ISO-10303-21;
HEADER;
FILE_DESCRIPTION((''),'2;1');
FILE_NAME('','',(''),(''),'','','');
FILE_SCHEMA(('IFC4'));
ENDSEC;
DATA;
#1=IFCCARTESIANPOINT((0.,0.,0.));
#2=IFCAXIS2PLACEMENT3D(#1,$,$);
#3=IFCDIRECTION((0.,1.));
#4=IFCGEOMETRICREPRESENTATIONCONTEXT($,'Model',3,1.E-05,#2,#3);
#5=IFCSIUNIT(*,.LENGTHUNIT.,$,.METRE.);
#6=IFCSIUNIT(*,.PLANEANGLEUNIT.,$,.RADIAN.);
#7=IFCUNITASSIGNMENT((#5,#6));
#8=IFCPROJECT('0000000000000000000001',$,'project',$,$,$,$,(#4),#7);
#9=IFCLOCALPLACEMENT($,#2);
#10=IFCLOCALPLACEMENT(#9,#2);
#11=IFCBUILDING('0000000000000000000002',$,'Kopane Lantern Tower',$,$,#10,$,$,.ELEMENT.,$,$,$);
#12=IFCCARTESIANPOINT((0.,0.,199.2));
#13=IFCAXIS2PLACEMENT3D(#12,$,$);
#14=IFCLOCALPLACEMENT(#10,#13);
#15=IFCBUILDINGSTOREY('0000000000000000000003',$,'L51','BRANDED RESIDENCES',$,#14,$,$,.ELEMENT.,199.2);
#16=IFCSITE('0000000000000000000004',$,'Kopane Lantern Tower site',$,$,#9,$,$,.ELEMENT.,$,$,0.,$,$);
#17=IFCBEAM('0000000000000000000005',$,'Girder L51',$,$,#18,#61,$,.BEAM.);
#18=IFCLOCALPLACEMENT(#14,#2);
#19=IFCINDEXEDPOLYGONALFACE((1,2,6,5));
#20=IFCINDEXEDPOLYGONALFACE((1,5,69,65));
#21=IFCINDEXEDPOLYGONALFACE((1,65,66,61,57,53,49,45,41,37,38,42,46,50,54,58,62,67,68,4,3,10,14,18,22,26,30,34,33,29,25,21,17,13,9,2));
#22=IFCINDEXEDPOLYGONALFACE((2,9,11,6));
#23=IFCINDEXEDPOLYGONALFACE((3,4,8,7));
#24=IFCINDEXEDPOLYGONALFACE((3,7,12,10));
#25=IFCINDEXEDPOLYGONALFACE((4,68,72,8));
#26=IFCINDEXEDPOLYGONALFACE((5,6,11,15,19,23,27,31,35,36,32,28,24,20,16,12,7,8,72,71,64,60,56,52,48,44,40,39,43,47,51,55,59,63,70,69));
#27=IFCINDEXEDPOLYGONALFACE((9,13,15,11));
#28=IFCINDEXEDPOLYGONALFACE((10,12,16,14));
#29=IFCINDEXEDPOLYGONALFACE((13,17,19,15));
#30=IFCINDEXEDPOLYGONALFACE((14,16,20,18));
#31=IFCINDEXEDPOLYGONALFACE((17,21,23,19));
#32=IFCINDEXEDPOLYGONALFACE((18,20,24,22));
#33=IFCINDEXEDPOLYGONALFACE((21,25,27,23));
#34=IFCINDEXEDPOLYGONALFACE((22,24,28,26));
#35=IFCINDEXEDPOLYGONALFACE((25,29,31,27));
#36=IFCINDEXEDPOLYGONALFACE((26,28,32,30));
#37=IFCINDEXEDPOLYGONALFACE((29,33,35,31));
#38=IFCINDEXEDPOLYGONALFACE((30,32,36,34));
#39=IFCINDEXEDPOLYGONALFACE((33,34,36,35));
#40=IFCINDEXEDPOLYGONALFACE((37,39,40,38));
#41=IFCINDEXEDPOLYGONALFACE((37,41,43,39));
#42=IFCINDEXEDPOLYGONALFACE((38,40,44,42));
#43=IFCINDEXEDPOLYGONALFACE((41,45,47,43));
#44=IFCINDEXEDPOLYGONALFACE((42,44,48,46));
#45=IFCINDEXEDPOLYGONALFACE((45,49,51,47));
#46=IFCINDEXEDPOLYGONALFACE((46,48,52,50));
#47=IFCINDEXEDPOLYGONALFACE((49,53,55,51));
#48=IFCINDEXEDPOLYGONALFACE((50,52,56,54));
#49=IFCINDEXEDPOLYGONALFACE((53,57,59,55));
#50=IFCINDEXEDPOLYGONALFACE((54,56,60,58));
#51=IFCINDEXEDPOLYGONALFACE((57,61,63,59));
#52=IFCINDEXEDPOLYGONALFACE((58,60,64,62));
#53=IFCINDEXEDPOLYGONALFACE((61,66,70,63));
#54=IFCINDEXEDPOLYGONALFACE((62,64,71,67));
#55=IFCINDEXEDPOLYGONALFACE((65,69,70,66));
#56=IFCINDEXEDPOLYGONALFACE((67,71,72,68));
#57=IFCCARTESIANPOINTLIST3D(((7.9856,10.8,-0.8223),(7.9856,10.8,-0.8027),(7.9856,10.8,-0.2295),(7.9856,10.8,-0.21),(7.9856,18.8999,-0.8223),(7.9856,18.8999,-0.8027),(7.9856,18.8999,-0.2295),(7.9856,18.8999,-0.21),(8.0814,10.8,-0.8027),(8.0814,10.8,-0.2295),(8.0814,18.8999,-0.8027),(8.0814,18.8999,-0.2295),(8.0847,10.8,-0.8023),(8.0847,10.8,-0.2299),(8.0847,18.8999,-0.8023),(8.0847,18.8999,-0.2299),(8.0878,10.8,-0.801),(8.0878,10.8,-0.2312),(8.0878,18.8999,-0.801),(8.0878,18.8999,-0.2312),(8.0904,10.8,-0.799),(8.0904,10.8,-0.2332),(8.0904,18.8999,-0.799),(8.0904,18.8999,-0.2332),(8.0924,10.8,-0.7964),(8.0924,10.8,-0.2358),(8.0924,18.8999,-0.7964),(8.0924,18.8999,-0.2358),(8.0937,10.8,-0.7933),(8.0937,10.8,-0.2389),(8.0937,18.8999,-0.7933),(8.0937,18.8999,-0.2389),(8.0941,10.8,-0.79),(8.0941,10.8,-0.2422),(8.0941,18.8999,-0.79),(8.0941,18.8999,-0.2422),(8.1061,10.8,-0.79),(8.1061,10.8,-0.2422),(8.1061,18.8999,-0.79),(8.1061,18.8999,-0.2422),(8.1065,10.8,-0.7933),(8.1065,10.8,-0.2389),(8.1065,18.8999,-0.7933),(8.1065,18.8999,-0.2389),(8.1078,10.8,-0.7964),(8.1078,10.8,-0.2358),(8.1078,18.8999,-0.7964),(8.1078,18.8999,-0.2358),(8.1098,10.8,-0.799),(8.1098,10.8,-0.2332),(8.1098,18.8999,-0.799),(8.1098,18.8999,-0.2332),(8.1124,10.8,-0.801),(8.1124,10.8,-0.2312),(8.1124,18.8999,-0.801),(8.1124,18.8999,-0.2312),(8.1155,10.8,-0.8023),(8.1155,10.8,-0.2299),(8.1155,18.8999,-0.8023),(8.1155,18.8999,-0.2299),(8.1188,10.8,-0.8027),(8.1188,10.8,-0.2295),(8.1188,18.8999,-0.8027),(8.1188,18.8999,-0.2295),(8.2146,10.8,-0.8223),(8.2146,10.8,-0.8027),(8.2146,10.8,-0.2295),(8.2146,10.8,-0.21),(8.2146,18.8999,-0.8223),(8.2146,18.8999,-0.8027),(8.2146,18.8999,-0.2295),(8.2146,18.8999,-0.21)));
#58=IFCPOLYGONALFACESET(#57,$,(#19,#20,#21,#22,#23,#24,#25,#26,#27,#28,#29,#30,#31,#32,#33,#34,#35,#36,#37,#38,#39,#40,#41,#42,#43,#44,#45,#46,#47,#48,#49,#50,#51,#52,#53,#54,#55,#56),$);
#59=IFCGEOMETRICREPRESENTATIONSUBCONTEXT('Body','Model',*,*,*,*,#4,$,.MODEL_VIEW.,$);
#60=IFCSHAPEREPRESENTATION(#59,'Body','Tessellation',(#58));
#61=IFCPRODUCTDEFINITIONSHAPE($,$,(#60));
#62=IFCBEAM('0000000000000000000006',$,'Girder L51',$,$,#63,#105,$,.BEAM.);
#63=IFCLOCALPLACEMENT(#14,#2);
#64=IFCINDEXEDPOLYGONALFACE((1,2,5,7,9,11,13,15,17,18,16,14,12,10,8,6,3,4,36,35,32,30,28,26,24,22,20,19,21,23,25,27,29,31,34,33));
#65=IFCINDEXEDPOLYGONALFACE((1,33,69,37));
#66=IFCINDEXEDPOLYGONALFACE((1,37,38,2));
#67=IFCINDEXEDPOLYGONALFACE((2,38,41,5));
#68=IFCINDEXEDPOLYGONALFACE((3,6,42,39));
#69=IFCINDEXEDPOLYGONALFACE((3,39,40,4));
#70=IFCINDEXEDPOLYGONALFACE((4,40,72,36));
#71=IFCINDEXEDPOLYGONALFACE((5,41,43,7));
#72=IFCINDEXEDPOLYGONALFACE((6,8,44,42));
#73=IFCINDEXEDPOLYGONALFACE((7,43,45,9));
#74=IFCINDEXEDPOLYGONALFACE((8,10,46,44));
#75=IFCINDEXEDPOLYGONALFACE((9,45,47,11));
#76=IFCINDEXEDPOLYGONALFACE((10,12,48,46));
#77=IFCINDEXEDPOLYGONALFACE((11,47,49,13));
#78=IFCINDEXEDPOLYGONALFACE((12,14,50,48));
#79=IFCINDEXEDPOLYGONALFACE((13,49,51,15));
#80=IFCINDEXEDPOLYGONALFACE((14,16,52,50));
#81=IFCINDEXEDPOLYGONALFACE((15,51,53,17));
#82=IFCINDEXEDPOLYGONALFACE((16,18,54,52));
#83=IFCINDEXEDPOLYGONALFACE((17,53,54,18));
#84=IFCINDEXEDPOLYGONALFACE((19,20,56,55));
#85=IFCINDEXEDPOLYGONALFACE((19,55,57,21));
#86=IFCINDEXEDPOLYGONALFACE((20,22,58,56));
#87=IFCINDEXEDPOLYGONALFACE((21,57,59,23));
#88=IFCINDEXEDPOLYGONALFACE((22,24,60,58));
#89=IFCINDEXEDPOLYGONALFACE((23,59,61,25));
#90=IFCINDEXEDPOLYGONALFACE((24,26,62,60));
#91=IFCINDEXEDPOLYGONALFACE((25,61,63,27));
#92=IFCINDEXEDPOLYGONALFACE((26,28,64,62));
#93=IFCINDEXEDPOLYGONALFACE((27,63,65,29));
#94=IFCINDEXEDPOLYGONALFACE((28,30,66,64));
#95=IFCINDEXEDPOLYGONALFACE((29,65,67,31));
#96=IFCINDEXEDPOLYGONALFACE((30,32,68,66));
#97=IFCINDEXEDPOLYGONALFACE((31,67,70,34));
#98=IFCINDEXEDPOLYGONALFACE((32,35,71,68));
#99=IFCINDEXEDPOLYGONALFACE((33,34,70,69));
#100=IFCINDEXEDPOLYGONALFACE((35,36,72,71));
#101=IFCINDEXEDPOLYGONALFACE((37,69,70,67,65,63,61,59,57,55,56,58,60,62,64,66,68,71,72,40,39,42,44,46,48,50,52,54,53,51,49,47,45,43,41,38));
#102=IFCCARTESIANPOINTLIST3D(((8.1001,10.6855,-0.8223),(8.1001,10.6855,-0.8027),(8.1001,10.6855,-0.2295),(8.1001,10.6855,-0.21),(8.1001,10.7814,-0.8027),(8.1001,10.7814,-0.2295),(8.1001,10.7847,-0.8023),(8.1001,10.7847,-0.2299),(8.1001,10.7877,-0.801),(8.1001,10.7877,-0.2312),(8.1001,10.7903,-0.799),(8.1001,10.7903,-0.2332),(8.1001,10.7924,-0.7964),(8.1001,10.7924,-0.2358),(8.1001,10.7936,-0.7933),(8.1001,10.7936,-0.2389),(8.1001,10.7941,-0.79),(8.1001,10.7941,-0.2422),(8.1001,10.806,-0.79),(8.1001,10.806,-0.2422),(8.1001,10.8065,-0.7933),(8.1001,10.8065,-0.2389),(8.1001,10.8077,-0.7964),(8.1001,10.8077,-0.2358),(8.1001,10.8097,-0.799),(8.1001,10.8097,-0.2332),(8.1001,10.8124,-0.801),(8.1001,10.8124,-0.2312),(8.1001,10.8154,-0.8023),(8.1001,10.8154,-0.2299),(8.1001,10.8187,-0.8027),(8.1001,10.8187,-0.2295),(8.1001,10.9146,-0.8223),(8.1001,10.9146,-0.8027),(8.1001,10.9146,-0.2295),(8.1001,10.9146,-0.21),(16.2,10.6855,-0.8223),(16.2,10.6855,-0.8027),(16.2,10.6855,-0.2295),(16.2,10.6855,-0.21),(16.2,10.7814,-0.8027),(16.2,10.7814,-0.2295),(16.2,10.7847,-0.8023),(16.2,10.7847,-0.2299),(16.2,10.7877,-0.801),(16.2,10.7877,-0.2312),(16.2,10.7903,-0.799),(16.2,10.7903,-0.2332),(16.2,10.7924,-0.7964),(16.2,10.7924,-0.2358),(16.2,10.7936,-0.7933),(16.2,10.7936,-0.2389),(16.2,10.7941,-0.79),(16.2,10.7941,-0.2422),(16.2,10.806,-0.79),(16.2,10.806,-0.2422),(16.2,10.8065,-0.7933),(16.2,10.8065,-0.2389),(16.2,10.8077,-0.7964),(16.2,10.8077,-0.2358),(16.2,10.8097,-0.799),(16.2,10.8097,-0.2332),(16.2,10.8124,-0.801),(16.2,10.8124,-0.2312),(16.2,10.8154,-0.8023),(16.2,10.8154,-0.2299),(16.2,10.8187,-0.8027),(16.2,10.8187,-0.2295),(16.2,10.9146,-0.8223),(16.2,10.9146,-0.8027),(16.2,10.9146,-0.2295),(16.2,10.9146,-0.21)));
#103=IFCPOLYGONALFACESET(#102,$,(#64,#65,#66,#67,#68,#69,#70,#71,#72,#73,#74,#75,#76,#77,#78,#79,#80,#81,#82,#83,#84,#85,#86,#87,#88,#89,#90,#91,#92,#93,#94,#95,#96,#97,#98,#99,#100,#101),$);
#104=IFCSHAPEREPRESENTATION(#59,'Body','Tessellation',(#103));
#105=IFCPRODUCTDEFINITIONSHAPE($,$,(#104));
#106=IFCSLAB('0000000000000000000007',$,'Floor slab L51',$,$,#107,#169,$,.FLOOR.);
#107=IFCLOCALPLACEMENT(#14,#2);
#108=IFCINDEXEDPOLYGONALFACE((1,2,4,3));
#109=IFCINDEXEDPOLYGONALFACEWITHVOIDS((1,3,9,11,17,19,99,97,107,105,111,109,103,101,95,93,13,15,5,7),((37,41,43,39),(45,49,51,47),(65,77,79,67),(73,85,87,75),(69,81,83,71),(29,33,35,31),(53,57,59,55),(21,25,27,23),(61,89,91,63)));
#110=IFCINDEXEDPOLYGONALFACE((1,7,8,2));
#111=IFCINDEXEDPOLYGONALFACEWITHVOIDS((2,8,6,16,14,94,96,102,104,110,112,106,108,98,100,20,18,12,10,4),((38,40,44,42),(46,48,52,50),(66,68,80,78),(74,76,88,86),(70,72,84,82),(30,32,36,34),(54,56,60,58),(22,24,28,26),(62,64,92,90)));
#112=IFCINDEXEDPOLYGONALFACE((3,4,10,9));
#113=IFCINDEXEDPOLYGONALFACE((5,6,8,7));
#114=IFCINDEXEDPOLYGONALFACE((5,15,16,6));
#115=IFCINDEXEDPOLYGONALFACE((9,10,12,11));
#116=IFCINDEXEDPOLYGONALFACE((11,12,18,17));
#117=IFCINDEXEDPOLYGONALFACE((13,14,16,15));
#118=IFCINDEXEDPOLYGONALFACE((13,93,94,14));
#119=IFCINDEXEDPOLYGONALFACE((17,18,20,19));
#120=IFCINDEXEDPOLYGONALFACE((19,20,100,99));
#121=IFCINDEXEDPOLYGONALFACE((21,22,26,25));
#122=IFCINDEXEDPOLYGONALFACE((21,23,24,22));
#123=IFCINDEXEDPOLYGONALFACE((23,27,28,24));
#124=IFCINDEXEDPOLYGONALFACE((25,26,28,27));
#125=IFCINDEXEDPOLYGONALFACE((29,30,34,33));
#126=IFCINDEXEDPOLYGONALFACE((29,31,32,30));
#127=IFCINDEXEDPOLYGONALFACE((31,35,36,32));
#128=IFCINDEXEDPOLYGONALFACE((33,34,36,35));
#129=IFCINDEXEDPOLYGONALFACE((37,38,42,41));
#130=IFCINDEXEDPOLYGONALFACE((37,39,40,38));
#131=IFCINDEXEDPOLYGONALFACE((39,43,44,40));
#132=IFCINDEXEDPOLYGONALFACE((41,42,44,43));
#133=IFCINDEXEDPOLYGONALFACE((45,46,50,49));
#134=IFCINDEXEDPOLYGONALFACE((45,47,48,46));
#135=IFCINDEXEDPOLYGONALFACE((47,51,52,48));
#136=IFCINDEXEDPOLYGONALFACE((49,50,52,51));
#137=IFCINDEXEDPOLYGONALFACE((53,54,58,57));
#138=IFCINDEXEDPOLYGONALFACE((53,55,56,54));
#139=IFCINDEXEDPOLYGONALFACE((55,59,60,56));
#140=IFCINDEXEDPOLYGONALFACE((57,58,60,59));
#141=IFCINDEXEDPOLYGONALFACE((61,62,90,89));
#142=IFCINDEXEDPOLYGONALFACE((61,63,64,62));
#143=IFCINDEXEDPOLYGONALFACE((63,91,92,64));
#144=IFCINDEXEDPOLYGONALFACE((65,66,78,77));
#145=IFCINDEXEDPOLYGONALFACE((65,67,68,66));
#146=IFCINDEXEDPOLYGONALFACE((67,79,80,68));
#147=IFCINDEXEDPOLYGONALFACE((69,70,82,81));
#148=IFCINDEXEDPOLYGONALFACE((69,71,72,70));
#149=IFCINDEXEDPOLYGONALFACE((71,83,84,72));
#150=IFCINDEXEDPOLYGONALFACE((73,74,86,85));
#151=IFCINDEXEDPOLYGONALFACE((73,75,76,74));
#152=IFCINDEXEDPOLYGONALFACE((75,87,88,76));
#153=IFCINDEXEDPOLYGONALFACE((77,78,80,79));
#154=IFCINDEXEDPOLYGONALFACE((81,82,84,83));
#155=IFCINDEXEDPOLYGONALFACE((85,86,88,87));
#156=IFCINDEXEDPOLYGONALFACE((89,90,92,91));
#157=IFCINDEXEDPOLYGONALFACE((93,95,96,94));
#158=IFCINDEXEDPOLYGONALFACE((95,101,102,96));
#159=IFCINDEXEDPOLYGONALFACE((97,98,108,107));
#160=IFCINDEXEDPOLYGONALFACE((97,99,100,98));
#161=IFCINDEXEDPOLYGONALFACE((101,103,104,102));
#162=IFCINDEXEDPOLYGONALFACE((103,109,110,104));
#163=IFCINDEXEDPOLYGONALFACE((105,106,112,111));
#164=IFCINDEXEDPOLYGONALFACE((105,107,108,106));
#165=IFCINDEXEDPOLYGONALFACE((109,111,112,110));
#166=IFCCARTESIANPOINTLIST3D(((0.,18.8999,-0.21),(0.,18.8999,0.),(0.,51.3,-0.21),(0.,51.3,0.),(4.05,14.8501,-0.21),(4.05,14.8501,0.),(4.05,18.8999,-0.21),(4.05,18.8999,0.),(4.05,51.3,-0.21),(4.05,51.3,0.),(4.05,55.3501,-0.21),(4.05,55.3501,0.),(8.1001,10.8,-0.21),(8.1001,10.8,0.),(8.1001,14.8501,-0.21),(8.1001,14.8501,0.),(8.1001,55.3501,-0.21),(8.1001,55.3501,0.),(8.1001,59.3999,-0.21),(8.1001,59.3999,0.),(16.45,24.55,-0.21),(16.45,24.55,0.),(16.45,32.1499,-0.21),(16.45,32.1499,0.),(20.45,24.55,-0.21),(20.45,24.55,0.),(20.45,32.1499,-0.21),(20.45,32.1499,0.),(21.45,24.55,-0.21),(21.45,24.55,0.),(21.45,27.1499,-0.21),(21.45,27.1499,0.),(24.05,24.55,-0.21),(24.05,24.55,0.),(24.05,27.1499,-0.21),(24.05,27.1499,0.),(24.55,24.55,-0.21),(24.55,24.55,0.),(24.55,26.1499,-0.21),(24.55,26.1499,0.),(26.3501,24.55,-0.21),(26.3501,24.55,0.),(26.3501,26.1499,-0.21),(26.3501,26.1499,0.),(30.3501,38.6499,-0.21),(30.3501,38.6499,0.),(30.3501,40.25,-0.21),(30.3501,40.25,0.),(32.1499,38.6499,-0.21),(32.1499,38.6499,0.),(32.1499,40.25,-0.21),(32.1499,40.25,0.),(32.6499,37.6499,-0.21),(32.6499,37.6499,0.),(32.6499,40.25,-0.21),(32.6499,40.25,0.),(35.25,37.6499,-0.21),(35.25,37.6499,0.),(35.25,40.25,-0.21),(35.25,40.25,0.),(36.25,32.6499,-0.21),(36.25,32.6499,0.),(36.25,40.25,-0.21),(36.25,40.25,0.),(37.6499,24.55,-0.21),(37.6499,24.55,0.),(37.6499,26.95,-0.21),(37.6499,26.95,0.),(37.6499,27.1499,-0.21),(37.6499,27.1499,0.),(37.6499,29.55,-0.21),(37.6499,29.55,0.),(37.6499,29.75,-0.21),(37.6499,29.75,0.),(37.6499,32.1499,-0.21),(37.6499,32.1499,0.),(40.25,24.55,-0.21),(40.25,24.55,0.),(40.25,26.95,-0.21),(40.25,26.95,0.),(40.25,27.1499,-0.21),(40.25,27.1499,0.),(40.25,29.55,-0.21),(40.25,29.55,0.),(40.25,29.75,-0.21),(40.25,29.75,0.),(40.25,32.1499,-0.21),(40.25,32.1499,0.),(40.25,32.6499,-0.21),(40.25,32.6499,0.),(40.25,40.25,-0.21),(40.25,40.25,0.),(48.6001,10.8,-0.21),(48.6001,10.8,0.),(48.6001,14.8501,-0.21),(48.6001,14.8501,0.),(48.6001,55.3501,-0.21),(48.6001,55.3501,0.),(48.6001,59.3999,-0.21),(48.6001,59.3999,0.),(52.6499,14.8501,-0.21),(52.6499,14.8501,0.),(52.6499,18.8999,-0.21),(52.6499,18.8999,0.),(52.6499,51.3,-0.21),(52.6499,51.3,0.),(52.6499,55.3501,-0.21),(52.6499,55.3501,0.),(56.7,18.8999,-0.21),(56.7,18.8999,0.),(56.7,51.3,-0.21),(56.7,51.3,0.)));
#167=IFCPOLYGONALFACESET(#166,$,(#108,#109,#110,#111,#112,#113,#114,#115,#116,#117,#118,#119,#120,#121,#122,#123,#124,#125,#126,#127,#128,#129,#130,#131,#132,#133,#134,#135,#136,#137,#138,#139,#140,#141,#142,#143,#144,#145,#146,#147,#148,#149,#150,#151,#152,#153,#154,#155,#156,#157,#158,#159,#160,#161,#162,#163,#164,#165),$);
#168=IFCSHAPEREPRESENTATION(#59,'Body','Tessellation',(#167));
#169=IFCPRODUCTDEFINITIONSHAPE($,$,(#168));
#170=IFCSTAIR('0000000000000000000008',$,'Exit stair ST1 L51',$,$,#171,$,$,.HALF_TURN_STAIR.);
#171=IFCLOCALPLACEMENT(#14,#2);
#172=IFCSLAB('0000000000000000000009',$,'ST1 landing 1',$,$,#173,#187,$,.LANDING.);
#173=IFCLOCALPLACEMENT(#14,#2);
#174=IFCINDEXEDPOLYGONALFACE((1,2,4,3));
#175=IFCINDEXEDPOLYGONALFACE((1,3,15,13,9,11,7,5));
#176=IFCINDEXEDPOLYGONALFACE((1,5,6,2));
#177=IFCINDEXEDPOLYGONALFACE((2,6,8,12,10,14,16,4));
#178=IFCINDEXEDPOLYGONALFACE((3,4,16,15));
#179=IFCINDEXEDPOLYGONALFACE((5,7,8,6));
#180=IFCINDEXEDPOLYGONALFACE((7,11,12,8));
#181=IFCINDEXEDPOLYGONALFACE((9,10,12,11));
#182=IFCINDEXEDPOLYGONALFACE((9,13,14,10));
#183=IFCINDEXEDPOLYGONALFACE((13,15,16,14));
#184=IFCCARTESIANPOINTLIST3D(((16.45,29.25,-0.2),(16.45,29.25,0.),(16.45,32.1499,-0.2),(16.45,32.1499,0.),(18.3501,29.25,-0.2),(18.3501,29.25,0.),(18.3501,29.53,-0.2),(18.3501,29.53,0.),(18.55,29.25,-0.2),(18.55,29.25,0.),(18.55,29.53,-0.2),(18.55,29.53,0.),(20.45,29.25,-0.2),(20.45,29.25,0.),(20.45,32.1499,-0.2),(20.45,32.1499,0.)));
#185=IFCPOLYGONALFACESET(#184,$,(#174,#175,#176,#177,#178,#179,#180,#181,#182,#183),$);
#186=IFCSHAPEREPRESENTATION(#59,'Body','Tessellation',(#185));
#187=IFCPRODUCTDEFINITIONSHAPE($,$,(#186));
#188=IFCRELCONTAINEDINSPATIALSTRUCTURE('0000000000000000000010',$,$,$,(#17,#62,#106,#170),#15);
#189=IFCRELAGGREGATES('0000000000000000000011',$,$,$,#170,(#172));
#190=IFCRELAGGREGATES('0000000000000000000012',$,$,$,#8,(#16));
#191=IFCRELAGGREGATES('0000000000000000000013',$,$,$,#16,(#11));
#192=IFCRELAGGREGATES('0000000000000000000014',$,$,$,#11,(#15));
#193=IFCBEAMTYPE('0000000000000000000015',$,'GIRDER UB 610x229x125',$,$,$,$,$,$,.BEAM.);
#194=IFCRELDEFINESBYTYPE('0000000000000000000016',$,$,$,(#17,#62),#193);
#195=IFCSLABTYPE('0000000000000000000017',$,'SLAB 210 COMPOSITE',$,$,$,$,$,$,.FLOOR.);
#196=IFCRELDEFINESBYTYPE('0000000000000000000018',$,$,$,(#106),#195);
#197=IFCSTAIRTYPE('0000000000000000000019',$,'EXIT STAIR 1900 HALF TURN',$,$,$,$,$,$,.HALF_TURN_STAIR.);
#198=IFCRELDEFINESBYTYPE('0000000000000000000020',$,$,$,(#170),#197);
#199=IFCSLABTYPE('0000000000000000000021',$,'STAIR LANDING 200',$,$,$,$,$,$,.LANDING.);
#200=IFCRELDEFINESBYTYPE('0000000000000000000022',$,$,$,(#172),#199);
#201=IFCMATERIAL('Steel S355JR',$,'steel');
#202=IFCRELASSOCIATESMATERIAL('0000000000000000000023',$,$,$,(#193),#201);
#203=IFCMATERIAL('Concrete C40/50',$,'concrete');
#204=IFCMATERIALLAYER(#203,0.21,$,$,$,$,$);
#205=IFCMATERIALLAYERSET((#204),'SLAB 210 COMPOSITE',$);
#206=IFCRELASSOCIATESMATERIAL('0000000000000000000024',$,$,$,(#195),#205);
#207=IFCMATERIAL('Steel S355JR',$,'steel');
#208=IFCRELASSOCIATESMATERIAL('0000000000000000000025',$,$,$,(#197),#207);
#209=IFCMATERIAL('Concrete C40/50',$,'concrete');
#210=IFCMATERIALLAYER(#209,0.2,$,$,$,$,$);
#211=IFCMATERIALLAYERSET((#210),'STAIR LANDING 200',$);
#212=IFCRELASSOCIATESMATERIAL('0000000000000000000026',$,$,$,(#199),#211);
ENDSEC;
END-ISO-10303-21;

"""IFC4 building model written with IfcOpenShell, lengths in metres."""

from ifc_helpers import new_model, si_unit, direction, frame, origin, origin_2d, place, context, subcontext, project, spatial, polyline, i_section, outline, extrude, material, layer, layer_set, material_profile, profile_set, type_object, element, aggregate, save


model = new_model("IFC4")

# Units and contexts
model_context = context("Model", 3, precision=1e-05, world=origin(), true_north=direction((0.0, 1.0)))
body_context = subcontext(model_context, "Body", "Model", "MODEL_VIEW")
ifc_project = project(units=[si_unit("LENGTHUNIT", "METRE"), si_unit("PLANEANGLEUNIT", "RADIAN")], contexts=[model_context])

# Site, building, storey
site_placement = place(None, origin())
site = spatial("IfcSite", under=ifc_project, at=site_placement, Name="Kopane Lantern Tower site", CompositionType="ELEMENT", RefElevation=0.0)
building_placement = place(site_placement, origin())
building = spatial("IfcBuilding", under=site, at=building_placement, Name="Kopane Lantern Tower", CompositionType="ELEMENT")
storey_placement = place(building_placement, frame((0.0, 0.0, 199.2)))
storey = spatial("IfcBuildingStorey", under=building, at=storey_placement, Name="L51", Description="BRANDED RESIDENCES", CompositionType="ELEMENT", Elevation=199.2)

# Beams
ifc_material_1 = material(Name="Steel S355JR", Category="steel")
ifc_material_profile_1 = material_profile(ifc_material_1, i_section(OverallWidth=0.229, OverallDepth=0.6123, WebThickness=0.012, FlangeThickness=0.0195, FilletRadius=0.0127, at=origin_2d()), Name="UB 610x229x125")
ifc_profile_set_1 = profile_set([ifc_material_profile_1], Name="Steel S355JR")
beam_type_1 = type_object("IfcBeamType", Name="GIRDER UB 610x229x125", PredefinedType="BEAM", material=ifc_profile_set_1)
for number, where, z_axis, x_axis, name in (
    (1, (8.1001, 10.8, -0.5161), (0.0, 1.0, 0.0), (-1.0, 0.0, 0.0), "Girder L51"),
    (2, (8.1001, 10.8, -0.5161), (1.0, 0.0, 0.0), (0.0, 1.0, 0.0), "Girder L51"),
):
    element("IfcBeam", number, at=place(storey_placement, frame(where, z_axis=z_axis, x_axis=x_axis)), inside=storey, type_object=beam_type_1, Name=name, PredefinedType="BEAM", context=body_context, shape_type="SweptSolid", body=[
        extrude(i_section(OverallWidth=0.229, OverallDepth=0.6123, WebThickness=0.012, FlangeThickness=0.0195, FilletRadius=0.0127, at=origin_2d()), origin(), (0.0, 0.0, 1.0), 8.0999),
    ])

# Slab
ifc_material_2 = material(Name="Concrete C40/50", Category="concrete")
ifc_layer_1 = layer(ifc_material_2, 0.21)
ifc_layer_set_1 = layer_set([ifc_layer_1], Name="SLAB 210 COMPOSITE")
slab_type_1 = type_object("IfcSlabType", Name="SLAB 210 COMPOSITE", PredefinedType="FLOOR", material=ifc_layer_set_1)
slab_1_placement = place(storey_placement, frame((0.0, 0.0, -0.21)))
element("IfcSlab", 3, at=slab_1_placement, inside=storey, type_object=slab_type_1, Name="Floor slab L51", PredefinedType="FLOOR", context=body_context, shape_type="SweptSolid", body=[
    extrude(outline(polyline([(8.1001, 10.8), (48.6001, 10.8), (48.6001, 14.8501), (52.6499, 14.8501), (52.6499, 18.8999), (56.7, 18.8999), (56.7, 51.3), (52.6499, 51.3), (52.6499, 55.3501), (48.6001, 55.3501), (48.6001, 59.3999), (8.1001, 59.3999), (8.1001, 55.3501), (4.05, 55.3501), (4.05, 51.3), (0.0, 51.3), (0.0, 18.8999), (4.05, 18.8999), (4.05, 14.8501), (8.1001, 14.8501), (8.1001, 10.8)]), holes=[polyline([(16.45, 24.55), (20.45, 24.55), (20.45, 32.1499), (16.45, 32.1499), (16.45, 24.55)]), polyline([(36.25, 32.6499), (40.25, 32.6499), (40.25, 40.25), (36.25, 40.25), (36.25, 32.6499)]), polyline([(37.6499, 24.55), (40.25, 24.55), (40.25, 26.95), (37.6499, 26.95), (37.6499, 24.55)]), polyline([(37.6499, 27.1499), (40.25, 27.1499), (40.25, 29.55), (37.6499, 29.55), (37.6499, 27.1499)]), polyline([(37.6499, 29.75), (40.25, 29.75), (40.25, 32.1499), (37.6499, 32.1499), (37.6499, 29.75)]), polyline([(21.45, 24.55), (24.05, 24.55), (24.05, 27.1499), (21.45, 27.1499), (21.45, 24.55)]), polyline([(32.6499, 37.6499), (35.25, 37.6499), (35.25, 40.25), (32.6499, 40.25), (32.6499, 37.6499)]), polyline([(24.55, 24.55), (26.3501, 24.55), (26.3501, 26.1499), (24.55, 26.1499), (24.55, 24.55)]), polyline([(30.3501, 38.6499), (32.1499, 38.6499), (32.1499, 40.25), (30.3501, 40.25), (30.3501, 38.6499)])]), origin(), (0.0, 0.0, 1.0), 0.21),
])

# Stair, slab
ifc_material_3 = material(Name="Steel S355JR", Category="steel")
stair_type = type_object("IfcStairType", Name="EXIT STAIR 1900 HALF TURN", PredefinedType="HALF_TURN_STAIR", material=ifc_material_3)
stair_1_placement = place(storey_placement, origin())
stair_1 = element("IfcStair", 4, at=stair_1_placement, inside=storey, type_object=stair_type, Name="Exit stair ST1 L51", PredefinedType="HALF_TURN_STAIR")
ifc_material_4 = material(Name="Concrete C40/50", Category="concrete")
ifc_layer_2 = layer(ifc_material_4, 0.2)
ifc_layer_set_2 = layer_set([ifc_layer_2], Name="STAIR LANDING 200")
slab_type_2 = type_object("IfcSlabType", Name="STAIR LANDING 200", PredefinedType="LANDING", material=ifc_layer_set_2)
slab_2_placement = place(storey_placement, frame((0.0, 0.0, -0.2)))
slab_2 = element("IfcSlab", 5, at=slab_2_placement, type_object=slab_type_2, Name="ST1 landing 1", PredefinedType="LANDING", context=body_context, shape_type="SweptSolid", body=[
    extrude(outline(polyline([(18.3501, 29.53), (18.55, 29.53), (18.55, 29.25), (20.45, 29.25), (20.45, 32.1499), (16.45, 32.1499), (16.45, 29.25), (18.3501, 29.25), (18.3501, 29.53)])), origin(), (0.0, 0.0, 1.0), 0.2),
])
aggregate(stair_1, [slab_2])

save(model, "model.ifc")
